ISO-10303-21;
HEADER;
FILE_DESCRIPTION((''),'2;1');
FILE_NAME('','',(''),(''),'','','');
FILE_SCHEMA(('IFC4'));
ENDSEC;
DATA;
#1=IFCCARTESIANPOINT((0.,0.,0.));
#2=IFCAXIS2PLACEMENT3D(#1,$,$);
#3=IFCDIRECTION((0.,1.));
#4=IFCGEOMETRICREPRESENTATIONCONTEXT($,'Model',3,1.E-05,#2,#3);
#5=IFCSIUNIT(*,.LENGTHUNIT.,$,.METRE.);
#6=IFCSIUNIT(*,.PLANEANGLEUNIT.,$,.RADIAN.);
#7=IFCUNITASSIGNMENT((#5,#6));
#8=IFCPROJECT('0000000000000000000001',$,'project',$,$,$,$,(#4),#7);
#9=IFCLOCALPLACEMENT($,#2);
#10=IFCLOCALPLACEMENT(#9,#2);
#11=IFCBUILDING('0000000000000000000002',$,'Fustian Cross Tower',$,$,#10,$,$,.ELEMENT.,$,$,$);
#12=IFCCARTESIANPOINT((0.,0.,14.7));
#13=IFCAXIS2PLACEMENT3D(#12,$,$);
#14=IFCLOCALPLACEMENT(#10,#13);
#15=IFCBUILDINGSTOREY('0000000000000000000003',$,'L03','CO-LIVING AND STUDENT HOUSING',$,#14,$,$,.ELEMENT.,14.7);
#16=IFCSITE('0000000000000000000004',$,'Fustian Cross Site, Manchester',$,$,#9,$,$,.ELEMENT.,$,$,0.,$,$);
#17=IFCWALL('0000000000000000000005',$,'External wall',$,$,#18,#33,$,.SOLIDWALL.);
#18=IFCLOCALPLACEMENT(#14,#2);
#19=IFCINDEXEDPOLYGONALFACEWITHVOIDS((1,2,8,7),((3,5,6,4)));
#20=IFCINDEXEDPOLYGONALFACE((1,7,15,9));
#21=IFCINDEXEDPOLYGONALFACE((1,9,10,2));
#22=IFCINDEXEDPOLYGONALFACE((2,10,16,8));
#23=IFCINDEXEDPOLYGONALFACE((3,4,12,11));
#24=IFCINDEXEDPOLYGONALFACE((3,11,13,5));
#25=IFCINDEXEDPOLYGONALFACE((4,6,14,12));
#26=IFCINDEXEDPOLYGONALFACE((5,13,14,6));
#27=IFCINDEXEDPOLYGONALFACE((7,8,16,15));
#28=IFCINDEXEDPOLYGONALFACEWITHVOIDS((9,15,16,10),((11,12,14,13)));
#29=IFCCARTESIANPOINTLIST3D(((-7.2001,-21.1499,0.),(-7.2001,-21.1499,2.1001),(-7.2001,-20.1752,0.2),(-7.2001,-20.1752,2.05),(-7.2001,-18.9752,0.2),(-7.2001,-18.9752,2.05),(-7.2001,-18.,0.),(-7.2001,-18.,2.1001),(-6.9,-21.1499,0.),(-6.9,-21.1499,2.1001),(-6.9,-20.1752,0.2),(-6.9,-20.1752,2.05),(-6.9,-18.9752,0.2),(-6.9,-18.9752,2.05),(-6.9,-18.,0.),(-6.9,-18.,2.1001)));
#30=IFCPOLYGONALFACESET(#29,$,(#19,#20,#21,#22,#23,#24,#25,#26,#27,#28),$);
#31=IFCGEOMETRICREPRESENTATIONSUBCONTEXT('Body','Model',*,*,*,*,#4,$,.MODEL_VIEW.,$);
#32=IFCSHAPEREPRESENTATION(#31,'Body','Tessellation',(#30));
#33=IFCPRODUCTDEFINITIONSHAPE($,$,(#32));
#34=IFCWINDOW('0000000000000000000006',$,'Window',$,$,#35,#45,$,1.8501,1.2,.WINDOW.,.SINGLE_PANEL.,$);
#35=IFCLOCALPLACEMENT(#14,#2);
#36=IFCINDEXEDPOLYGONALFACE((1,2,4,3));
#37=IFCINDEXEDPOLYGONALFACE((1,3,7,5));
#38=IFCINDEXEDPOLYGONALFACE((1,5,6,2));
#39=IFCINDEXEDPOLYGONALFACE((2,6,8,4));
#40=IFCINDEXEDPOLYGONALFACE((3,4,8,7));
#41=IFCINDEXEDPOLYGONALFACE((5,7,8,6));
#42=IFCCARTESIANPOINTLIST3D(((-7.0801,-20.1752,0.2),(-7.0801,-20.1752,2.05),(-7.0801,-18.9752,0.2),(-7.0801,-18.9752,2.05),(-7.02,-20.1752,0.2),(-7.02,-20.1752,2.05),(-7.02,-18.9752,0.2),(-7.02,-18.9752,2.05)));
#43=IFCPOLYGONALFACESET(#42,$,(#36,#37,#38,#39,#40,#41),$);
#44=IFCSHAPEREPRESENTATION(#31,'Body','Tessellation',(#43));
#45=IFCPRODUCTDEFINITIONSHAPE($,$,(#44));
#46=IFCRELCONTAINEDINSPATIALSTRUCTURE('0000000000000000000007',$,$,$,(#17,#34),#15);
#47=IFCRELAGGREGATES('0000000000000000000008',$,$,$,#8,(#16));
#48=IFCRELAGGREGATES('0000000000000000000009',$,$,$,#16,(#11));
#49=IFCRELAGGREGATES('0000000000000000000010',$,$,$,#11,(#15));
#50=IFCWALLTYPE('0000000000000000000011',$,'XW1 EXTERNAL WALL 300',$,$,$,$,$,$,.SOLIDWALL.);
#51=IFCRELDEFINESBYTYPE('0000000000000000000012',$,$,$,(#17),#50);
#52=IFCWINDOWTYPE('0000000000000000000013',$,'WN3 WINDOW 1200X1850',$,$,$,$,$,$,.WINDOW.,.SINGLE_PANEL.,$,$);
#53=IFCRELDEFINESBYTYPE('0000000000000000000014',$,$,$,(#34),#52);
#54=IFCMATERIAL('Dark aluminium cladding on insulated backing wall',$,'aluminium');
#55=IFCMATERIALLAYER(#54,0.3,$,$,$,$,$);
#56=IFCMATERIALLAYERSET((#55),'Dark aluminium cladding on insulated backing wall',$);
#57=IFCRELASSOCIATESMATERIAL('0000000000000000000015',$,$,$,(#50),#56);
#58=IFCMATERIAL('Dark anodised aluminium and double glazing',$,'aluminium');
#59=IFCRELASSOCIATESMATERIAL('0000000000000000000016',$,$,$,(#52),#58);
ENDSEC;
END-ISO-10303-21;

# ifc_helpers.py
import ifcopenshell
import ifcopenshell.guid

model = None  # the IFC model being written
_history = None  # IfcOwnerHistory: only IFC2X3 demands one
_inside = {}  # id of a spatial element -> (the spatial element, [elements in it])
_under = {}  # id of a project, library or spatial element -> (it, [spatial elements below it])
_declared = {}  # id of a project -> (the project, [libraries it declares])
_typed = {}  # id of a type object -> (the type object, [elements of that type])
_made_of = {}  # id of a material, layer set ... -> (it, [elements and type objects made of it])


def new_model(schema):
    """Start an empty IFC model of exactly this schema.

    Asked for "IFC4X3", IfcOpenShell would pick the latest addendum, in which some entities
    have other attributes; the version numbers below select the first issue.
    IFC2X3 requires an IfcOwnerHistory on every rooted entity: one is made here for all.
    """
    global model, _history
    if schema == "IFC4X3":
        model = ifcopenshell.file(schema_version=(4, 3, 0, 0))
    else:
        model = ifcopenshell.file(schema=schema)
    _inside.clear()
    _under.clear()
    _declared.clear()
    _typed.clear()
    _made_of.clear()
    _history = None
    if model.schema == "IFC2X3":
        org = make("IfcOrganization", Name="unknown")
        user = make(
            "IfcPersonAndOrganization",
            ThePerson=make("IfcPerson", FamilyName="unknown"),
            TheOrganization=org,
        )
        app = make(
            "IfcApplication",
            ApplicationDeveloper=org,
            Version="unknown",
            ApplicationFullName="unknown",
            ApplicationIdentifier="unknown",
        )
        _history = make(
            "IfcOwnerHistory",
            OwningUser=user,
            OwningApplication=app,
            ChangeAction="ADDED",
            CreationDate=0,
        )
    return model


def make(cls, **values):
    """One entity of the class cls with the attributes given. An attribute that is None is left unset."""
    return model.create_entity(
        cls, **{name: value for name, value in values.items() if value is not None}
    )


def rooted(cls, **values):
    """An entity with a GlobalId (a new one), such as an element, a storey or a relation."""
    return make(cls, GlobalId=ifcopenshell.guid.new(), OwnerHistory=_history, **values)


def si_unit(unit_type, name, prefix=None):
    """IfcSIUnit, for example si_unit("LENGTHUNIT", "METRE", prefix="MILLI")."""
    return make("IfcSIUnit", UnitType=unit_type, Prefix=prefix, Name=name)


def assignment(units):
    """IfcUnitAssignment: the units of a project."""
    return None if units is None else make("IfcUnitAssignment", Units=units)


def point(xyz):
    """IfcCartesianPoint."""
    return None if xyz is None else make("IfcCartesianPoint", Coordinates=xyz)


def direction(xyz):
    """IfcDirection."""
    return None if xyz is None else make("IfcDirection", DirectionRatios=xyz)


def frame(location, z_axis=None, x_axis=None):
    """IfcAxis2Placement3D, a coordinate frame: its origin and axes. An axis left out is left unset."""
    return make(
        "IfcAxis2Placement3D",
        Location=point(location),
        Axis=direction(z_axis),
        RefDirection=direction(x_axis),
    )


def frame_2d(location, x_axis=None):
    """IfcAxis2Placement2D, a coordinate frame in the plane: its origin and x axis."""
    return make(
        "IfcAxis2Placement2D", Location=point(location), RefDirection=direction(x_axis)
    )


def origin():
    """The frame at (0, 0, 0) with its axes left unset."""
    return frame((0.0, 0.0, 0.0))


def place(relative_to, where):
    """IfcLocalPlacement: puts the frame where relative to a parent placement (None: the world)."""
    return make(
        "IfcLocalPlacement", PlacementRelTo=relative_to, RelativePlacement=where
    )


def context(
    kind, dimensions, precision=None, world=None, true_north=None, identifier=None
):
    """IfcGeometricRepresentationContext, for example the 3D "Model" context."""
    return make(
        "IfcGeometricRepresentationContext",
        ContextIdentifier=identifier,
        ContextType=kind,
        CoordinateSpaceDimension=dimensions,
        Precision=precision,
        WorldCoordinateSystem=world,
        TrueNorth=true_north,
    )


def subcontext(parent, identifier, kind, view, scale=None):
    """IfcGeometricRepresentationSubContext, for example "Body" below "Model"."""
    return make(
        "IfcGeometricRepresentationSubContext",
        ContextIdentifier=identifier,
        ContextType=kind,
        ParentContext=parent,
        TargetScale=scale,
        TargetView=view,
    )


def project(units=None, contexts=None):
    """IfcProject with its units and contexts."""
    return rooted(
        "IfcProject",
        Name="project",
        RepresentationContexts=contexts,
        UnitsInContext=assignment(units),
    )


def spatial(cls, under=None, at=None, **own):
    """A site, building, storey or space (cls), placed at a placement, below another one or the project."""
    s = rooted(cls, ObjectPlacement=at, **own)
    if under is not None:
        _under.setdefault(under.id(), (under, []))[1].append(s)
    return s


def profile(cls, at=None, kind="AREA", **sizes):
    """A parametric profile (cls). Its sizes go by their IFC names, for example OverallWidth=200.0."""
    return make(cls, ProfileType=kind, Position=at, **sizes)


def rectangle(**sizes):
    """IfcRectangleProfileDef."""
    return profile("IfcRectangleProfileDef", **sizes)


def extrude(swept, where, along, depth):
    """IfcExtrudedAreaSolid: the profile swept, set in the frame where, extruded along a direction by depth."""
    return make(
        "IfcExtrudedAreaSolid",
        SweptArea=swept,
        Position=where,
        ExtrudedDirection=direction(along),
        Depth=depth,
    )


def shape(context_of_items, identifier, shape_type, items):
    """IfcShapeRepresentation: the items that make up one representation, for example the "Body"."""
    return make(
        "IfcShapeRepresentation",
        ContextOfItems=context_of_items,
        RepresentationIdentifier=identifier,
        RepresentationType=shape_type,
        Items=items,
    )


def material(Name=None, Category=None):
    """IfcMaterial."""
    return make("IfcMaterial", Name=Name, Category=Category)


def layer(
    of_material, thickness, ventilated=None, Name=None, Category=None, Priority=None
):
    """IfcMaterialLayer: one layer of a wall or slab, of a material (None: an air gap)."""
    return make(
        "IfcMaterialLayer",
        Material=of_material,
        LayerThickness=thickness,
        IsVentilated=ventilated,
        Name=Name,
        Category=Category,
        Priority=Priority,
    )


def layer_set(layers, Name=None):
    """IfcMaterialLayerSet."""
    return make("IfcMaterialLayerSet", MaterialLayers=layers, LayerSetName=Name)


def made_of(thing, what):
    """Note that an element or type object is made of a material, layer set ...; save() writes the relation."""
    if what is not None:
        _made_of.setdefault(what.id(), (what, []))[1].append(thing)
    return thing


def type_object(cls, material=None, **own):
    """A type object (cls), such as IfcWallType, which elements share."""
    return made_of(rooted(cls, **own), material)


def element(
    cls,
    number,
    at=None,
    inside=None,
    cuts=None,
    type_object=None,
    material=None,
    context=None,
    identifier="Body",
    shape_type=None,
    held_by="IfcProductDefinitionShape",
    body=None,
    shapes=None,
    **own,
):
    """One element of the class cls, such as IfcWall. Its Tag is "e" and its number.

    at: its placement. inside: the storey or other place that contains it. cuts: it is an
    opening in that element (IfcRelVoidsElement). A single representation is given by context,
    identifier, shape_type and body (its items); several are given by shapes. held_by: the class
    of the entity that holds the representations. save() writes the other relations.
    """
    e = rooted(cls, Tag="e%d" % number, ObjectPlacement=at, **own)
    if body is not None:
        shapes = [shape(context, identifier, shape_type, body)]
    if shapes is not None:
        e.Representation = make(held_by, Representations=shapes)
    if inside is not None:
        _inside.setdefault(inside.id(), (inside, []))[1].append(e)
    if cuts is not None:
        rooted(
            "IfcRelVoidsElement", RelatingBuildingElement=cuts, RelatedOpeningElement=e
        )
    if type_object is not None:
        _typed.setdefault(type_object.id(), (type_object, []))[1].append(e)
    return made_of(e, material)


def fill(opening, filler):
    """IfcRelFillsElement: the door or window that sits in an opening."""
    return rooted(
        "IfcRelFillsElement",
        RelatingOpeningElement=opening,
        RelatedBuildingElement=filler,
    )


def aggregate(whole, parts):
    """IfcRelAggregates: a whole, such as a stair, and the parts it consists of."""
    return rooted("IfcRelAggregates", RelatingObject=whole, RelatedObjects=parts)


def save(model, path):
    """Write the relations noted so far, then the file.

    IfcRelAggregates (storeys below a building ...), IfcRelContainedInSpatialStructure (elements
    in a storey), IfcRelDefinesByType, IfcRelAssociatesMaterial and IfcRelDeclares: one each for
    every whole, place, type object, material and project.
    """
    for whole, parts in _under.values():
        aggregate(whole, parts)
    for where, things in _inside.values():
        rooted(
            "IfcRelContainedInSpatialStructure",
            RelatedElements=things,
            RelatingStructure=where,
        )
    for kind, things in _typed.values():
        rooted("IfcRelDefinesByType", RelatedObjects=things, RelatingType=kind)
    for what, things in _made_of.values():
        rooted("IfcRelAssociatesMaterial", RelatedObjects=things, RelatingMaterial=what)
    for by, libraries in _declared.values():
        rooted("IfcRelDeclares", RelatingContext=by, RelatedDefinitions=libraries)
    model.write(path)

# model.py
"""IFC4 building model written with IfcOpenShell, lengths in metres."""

from ifc_helpers import new_model, si_unit, direction, frame, frame_2d, origin, place, context, subcontext, project, spatial, rectangle, extrude, material, layer, layer_set, type_object, element, fill, save


model = new_model("IFC4")

# Units and contexts
model_context = context("Model", 3, precision=1e-05, world=origin(), true_north=direction((0.0, 1.0)))
body_context = subcontext(model_context, "Body", "Model", "MODEL_VIEW")
ifc_project = project(units=[si_unit("LENGTHUNIT", "METRE"), si_unit("PLANEANGLEUNIT", "RADIAN")], contexts=[model_context])

# Site, building, storey
site_placement = place(None, origin())
site = spatial("IfcSite", under=ifc_project, at=site_placement, Name="Fustian Cross Site, Manchester", CompositionType="ELEMENT", RefElevation=0.0)
building_placement = place(site_placement, origin())
building = spatial("IfcBuilding", under=site, at=building_placement, Name="Fustian Cross Tower", CompositionType="ELEMENT")
storey_placement = place(building_placement, frame((0.0, 0.0, 14.7)))
storey = spatial("IfcBuildingStorey", under=building, at=storey_placement, Name="L03", Description="CO-LIVING AND STUDENT HOUSING", CompositionType="ELEMENT", Elevation=14.7)

# Shared definitions
ifc_material_1 = material(Name="Dark aluminium cladding on insulated backing wall", Category="aluminium")
ifc_layer_1 = layer(ifc_material_1, 0.3)
ifc_layer_set_1 = layer_set([ifc_layer_1], Name="Dark aluminium cladding on insulated backing wall")
wall_type_1 = type_object("IfcWallType", Name="XW1 EXTERNAL WALL 300", PredefinedType="SOLIDWALL", material=ifc_layer_set_1)

# Wall, opening, window
ifc_material_2 = material(Name="Dark anodised aluminium and double glazing", Category="aluminium")
window_type = type_object("IfcWindowType", Name="WN3 WINDOW 1200X1850", PartitioningType="SINGLE_PANEL", PredefinedType="WINDOW", material=ifc_material_2)
wall_1_placement = place(storey_placement, frame((-7.05, -18.0, 0.0), z_axis=(0.0, 0.0, 1.0), x_axis=(0.0, -1.0, 0.0)))
wall_1 = element("IfcWall", 1, at=wall_1_placement, inside=storey, type_object=wall_type_1, Name="External wall", PredefinedType="SOLIDWALL", context=body_context, shape_type="SweptSolid", body=[
    extrude(rectangle(XDim=3.1499, YDim=0.3, at=frame_2d((1.575, 0.0))), origin(), (0.0, 0.0, 1.0), 2.1001),
])
opening_1_placement = place(wall_1_placement, frame((0.9751, 0.0, 0.2)))
opening_1 = element("IfcOpeningElement", 2, at=opening_1_placement, cuts=wall_1, PredefinedType="OPENING", context=body_context, shape_type="SweptSolid", body=[
    extrude(rectangle(XDim=1.2, YDim=1.8501, at=frame_2d((0.6001, 0.925))), frame((0.0, 0.1599, 0.0), z_axis=(0.0, -1.0, 0.0), x_axis=(1.0, 0.0, 0.0)), (0.0, 0.0, 1.0), 0.3201),
])
window_1_placement = place(opening_1_placement, origin())
window_1 = element("IfcWindow", 3, at=window_1_placement, inside=storey, type_object=window_type, Name="Window", OverallHeight=1.8501, OverallWidth=1.2, PartitioningType="SINGLE_PANEL", PredefinedType="WINDOW", context=body_context, shape_type="SweptSolid", body=[
    extrude(rectangle(XDim=1.2, YDim=1.8501, at=frame_2d((0.6001, 0.925))), frame((0.0, 0.03, 0.0), z_axis=(0.0, -1.0, 0.0), x_axis=(1.0, 0.0, 0.0)), (0.0, 0.0, 1.0), 0.0601),
])
fill(opening_1, window_1)

save(model, "model.ifc")
